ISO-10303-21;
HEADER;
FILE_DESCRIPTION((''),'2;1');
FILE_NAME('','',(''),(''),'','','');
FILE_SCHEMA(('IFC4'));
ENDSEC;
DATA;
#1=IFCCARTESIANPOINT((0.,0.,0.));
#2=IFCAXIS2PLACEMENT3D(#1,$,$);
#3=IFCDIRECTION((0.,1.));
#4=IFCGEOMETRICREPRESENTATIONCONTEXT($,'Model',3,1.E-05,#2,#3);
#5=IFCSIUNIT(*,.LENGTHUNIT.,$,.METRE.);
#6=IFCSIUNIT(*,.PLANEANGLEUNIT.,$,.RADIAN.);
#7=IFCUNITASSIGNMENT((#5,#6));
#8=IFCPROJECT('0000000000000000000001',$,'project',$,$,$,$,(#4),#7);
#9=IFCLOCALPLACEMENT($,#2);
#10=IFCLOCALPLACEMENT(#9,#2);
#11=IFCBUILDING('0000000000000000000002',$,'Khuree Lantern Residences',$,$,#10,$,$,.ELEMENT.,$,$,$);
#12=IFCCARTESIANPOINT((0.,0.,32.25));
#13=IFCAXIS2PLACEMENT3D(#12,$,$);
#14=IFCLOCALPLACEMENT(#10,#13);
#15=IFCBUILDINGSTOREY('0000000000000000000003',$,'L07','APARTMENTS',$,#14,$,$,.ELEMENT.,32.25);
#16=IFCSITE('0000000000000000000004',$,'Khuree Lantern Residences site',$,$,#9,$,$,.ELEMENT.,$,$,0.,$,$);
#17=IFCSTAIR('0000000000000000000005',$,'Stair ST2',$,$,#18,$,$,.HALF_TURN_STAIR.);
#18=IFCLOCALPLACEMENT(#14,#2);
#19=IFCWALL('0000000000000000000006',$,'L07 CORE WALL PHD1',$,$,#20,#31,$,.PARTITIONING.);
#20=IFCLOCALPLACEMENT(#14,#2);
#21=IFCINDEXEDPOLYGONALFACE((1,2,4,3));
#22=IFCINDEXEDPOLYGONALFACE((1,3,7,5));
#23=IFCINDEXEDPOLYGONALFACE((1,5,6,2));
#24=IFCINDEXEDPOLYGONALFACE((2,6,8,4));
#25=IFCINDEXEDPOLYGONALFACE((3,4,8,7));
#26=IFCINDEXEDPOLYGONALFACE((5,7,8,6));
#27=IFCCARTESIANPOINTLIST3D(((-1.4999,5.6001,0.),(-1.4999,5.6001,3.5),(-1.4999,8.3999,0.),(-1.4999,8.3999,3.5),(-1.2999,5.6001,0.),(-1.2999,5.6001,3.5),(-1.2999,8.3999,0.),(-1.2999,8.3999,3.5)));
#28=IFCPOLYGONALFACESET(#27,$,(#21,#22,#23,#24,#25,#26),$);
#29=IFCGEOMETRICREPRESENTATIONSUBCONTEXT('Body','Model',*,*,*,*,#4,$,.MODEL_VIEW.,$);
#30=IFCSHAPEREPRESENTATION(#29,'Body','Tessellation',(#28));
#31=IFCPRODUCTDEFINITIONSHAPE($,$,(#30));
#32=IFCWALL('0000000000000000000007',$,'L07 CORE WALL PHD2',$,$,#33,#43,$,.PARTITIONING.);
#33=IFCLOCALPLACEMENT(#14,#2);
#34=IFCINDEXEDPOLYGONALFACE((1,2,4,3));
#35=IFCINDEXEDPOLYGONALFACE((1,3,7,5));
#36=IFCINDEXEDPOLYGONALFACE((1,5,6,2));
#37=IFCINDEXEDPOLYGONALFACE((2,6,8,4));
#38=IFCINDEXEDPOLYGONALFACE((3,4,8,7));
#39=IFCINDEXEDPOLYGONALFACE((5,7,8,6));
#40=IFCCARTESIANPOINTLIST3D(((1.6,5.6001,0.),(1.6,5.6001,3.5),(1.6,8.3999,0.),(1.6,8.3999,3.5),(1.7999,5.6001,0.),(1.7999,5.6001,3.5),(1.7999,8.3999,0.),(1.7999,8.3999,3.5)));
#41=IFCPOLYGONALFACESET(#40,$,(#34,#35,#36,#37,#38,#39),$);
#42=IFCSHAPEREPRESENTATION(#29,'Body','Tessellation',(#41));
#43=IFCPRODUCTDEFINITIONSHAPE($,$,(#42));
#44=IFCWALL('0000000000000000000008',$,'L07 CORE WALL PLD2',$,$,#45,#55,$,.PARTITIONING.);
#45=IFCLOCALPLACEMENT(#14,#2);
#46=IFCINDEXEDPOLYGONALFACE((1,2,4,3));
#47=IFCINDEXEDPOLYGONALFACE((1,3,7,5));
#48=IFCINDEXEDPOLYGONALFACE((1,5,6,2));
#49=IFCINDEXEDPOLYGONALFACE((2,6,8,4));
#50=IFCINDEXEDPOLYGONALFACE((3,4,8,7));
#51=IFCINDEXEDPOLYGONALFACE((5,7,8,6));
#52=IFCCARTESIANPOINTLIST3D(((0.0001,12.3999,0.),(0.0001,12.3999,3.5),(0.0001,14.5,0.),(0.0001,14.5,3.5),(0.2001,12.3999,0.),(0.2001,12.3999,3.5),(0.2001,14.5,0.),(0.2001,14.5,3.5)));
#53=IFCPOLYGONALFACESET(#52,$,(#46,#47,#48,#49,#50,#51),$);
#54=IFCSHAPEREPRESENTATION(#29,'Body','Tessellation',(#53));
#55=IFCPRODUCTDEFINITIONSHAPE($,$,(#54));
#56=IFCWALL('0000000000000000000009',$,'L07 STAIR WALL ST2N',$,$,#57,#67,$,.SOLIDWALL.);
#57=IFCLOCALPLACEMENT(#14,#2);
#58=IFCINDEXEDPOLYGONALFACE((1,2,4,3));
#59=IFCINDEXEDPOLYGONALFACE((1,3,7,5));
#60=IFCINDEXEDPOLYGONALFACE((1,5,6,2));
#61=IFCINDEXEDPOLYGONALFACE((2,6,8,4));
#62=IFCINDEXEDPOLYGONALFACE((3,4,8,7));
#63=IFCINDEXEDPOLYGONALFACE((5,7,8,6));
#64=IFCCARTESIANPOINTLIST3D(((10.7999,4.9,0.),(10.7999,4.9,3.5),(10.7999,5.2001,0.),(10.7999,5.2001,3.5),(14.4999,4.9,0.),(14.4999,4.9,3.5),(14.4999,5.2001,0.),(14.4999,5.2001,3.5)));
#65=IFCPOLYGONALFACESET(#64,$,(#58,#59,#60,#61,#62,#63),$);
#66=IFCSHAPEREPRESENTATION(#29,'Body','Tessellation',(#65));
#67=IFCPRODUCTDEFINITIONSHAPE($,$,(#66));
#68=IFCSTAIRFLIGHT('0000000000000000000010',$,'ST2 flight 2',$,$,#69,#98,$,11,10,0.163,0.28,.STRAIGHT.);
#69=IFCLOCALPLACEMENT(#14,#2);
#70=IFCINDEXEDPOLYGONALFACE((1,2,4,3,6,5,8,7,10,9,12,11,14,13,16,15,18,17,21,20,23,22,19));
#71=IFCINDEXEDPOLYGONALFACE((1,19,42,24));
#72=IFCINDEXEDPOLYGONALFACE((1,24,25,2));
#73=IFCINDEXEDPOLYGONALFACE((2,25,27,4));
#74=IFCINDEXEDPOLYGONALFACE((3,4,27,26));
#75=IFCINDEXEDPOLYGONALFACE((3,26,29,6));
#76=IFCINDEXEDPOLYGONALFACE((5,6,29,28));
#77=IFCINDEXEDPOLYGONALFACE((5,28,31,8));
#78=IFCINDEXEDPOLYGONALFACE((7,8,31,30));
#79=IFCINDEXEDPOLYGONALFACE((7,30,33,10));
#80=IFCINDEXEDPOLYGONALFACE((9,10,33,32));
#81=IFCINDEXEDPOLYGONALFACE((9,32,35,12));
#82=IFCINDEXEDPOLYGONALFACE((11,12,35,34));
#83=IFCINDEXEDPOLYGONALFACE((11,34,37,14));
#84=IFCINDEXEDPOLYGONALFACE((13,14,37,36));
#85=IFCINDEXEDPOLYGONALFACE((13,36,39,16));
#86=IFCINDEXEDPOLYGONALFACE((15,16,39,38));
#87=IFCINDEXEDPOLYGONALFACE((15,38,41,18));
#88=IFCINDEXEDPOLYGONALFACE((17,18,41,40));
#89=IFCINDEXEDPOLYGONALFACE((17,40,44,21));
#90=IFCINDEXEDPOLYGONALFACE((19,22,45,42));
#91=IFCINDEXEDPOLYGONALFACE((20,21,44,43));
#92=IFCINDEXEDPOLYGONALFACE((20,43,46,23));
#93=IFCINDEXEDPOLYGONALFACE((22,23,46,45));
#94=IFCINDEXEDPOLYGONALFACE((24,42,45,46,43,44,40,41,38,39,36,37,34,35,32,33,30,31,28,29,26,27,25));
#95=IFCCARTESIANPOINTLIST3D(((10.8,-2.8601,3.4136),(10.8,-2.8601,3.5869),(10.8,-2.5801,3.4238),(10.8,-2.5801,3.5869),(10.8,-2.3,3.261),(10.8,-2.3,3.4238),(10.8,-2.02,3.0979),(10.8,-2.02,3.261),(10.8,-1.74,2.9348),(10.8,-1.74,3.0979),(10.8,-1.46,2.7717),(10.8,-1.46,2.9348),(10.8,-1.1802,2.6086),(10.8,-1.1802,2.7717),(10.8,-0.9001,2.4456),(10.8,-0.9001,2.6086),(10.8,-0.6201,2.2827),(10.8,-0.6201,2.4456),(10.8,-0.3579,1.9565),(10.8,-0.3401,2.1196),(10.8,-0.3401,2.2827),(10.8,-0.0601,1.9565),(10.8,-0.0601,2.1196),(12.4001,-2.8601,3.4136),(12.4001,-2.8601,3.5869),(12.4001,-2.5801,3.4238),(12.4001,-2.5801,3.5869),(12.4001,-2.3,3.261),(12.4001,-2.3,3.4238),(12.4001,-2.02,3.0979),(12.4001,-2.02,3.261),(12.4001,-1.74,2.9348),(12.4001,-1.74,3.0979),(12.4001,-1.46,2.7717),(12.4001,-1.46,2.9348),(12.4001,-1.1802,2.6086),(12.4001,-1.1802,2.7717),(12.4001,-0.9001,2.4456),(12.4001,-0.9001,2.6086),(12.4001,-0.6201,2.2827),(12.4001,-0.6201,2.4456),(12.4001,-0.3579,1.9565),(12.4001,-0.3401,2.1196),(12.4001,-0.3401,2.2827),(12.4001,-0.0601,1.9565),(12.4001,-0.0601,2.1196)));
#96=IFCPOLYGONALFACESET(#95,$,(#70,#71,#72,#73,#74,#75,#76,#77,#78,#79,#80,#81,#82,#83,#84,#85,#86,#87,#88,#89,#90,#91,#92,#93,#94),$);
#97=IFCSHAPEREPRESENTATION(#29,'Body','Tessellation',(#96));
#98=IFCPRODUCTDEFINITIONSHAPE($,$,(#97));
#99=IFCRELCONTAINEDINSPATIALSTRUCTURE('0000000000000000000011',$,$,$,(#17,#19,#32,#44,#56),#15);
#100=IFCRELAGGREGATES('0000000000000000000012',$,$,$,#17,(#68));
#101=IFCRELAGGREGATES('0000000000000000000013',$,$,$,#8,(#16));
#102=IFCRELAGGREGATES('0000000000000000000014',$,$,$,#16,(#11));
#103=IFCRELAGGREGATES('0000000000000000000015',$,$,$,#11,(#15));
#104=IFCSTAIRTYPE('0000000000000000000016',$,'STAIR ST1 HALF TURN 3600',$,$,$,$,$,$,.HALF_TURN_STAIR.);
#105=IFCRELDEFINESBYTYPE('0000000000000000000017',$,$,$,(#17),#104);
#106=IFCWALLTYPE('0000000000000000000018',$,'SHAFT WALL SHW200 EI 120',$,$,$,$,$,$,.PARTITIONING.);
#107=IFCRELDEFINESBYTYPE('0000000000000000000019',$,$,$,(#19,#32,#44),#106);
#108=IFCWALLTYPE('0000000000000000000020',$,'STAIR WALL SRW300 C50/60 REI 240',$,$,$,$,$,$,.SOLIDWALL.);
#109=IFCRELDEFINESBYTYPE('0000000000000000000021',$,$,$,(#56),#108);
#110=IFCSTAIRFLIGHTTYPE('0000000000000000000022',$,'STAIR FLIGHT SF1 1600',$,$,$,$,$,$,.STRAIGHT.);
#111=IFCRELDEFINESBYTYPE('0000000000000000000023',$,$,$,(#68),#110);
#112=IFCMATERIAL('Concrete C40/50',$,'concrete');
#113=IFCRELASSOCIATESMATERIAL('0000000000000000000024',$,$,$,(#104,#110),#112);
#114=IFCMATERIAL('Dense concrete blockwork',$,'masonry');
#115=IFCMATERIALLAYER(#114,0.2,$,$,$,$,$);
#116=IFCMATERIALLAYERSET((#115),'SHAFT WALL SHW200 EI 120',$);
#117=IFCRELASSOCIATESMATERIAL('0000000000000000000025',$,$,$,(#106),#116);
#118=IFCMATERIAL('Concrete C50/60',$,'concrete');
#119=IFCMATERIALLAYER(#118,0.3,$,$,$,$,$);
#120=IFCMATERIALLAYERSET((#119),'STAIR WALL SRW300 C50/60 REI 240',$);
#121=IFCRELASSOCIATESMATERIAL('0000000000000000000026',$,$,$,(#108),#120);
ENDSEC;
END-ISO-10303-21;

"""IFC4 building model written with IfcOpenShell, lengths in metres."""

from ifc_helpers import new_model, si_unit, direction, frame, frame_2d, origin, place, context, subcontext, project, spatial, polyline, rectangle, outline, extrude, material, layer, layer_set, type_object, element, aggregate, save


model = new_model("IFC4")

# Units and contexts
model_context = context("Model", 3, precision=1e-05, world=origin(), true_north=direction((0.0, 1.0)))
body_context = subcontext(model_context, "Body", "Model", "MODEL_VIEW")
ifc_project = project(units=[si_unit("LENGTHUNIT", "METRE"), si_unit("PLANEANGLEUNIT", "RADIAN")], contexts=[model_context])

# Site, building, storey
site_placement = place(None, origin())
site = spatial("IfcSite", under=ifc_project, at=site_placement, Name="Khuree Lantern Residences site", CompositionType="ELEMENT", RefElevation=0.0)
building_placement = place(site_placement, origin())
building = spatial("IfcBuilding", under=site, at=building_placement, Name="Khuree Lantern Residences", CompositionType="ELEMENT")
storey_placement = place(building_placement, frame((0.0, 0.0, 32.25)))
storey = spatial("IfcBuildingStorey", under=building, at=storey_placement, Name="L07", Description="APARTMENTS", CompositionType="ELEMENT", Elevation=32.25)

# Stair
ifc_material_1 = material(Name="Concrete C40/50", Category="concrete")
stair_type = type_object("IfcStairType", Name="STAIR ST1 HALF TURN 3600", PredefinedType="HALF_TURN_STAIR", material=ifc_material_1)
stair_1_placement = place(storey_placement, origin())
stair_1 = element("IfcStair", 1, at=stair_1_placement, inside=storey, type_object=stair_type, Name="Stair ST2", PredefinedType="HALF_TURN_STAIR")

# Walls
ifc_material_2 = material(Name="Dense concrete blockwork", Category="masonry")
ifc_layer_1 = layer(ifc_material_2, 0.2)
ifc_layer_set_1 = layer_set([ifc_layer_1], Name="SHAFT WALL SHW200 EI 120")
wall_type_1 = type_object("IfcWallType", Name="SHAFT WALL SHW200 EI 120", PredefinedType="PARTITIONING", material=ifc_layer_set_1)
for number, where, z_axis, x_axis, name in (
    (2, (-1.3999, 5.6001, 0.0), (0.0, 0.0, 1.0), (0.0, 1.0, 0.0), "L07 CORE WALL PHD1"),
    (3, (1.7, 5.6001, 0.0), (0.0, 0.0, 1.0), (0.0, 1.0, 0.0), "L07 CORE WALL PHD2"),
):
    element("IfcWall", number, at=place(storey_placement, frame(where, z_axis=z_axis, x_axis=x_axis)), inside=storey, type_object=wall_type_1, Name=name, PredefinedType="PARTITIONING", context=body_context, shape_type="SweptSolid", body=[
        extrude(rectangle(XDim=2.7998, YDim=0.2, at=frame_2d((1.3999, 0.0))), origin(), (0.0, 0.0, 1.0), 3.5),
    ])
wall_1_placement = place(storey_placement, frame((0.1001, 12.3999, 0.0), z_axis=(0.0, 0.0, 1.0), x_axis=(0.0, 1.0, 0.0)))
element("IfcWall", 4, at=wall_1_placement, inside=storey, type_object=wall_type_1, Name="L07 CORE WALL PLD2", PredefinedType="PARTITIONING", context=body_context, shape_type="SweptSolid", body=[
    extrude(rectangle(XDim=2.1001, YDim=0.2, at=frame_2d((1.05, 0.0))), origin(), (0.0, 0.0, 1.0), 3.5),
])
ifc_material_3 = material(Name="Concrete C50/60", Category="concrete")
ifc_layer_2 = layer(ifc_material_3, 0.3)
ifc_layer_set_2 = layer_set([ifc_layer_2], Name="STAIR WALL SRW300 C50/60 REI 240")
wall_type_2 = type_object("IfcWallType", Name="STAIR WALL SRW300 C50/60 REI 240", PredefinedType="SOLIDWALL", material=ifc_layer_set_2)
wall_2_placement = place(storey_placement, frame((14.5, 5.05, 0.0), z_axis=(0.0, 0.0, 1.0), x_axis=(-1.0, 0.0, 0.0)))
element("IfcWall", 5, at=wall_2_placement, inside=storey, type_object=wall_type_2, Name="L07 STAIR WALL ST2N", PredefinedType="SOLIDWALL", context=body_context, shape_type="SweptSolid", body=[
    extrude(rectangle(XDim=3.7, YDim=0.3, at=frame_2d((1.8501, 0.0))), origin(), (0.0, 0.0, 1.0), 3.5),
])

# Stair flight
stair_flight_type = type_object("IfcStairFlightType", Name="STAIR FLIGHT SF1 1600", PredefinedType="STRAIGHT", material=ifc_material_1)
stair_flight_placement = place(storey_placement, frame((11.6001, -0.0601, 1.9565), z_axis=(0.0, 0.0, 1.0), x_axis=(0.0, -1.0, 0.0)))
stair_flight = element("IfcStairFlight", 6, at=stair_flight_placement, type_object=stair_flight_type, Name="ST2 flight 2", NumberOfRisers=11, NumberOfTreads=10, PredefinedType="STRAIGHT", RiserHeight=0.163, TreadLength=0.28, context=body_context, shape_type="SweptSolid", body=[
    extrude(outline(polyline([(0.0, 0.0), (0.0, 0.1631), (0.28, 0.1631), (0.28, 0.3262), (0.5601, 0.3262), (0.5601, 0.489), (0.8401, 0.489), (0.8401, 0.6521), (1.1201, 0.6521), (1.1201, 0.8152), (1.3999, 0.8152), (1.3999, 0.9783), (1.6799, 0.9783), (1.6799, 1.1414), (1.96, 1.1414), (1.96, 1.3044), (2.24, 1.3044), (2.24, 1.4673), (2.52, 1.4673), (2.52, 1.6304), (2.8, 1.6304), (2.8, 1.7935), (2.8, 1.457), (0.2979, 0.0), (0.0, 0.0)])), frame((0.0, 0.8, 0.0), z_axis=(0.0, -1.0, 0.0), x_axis=(1.0, 0.0, 0.0)), (0.0, 0.0, 1.0), 1.6001),
])
aggregate(stair_1, [stair_flight])

save(model, "model.ifc")
